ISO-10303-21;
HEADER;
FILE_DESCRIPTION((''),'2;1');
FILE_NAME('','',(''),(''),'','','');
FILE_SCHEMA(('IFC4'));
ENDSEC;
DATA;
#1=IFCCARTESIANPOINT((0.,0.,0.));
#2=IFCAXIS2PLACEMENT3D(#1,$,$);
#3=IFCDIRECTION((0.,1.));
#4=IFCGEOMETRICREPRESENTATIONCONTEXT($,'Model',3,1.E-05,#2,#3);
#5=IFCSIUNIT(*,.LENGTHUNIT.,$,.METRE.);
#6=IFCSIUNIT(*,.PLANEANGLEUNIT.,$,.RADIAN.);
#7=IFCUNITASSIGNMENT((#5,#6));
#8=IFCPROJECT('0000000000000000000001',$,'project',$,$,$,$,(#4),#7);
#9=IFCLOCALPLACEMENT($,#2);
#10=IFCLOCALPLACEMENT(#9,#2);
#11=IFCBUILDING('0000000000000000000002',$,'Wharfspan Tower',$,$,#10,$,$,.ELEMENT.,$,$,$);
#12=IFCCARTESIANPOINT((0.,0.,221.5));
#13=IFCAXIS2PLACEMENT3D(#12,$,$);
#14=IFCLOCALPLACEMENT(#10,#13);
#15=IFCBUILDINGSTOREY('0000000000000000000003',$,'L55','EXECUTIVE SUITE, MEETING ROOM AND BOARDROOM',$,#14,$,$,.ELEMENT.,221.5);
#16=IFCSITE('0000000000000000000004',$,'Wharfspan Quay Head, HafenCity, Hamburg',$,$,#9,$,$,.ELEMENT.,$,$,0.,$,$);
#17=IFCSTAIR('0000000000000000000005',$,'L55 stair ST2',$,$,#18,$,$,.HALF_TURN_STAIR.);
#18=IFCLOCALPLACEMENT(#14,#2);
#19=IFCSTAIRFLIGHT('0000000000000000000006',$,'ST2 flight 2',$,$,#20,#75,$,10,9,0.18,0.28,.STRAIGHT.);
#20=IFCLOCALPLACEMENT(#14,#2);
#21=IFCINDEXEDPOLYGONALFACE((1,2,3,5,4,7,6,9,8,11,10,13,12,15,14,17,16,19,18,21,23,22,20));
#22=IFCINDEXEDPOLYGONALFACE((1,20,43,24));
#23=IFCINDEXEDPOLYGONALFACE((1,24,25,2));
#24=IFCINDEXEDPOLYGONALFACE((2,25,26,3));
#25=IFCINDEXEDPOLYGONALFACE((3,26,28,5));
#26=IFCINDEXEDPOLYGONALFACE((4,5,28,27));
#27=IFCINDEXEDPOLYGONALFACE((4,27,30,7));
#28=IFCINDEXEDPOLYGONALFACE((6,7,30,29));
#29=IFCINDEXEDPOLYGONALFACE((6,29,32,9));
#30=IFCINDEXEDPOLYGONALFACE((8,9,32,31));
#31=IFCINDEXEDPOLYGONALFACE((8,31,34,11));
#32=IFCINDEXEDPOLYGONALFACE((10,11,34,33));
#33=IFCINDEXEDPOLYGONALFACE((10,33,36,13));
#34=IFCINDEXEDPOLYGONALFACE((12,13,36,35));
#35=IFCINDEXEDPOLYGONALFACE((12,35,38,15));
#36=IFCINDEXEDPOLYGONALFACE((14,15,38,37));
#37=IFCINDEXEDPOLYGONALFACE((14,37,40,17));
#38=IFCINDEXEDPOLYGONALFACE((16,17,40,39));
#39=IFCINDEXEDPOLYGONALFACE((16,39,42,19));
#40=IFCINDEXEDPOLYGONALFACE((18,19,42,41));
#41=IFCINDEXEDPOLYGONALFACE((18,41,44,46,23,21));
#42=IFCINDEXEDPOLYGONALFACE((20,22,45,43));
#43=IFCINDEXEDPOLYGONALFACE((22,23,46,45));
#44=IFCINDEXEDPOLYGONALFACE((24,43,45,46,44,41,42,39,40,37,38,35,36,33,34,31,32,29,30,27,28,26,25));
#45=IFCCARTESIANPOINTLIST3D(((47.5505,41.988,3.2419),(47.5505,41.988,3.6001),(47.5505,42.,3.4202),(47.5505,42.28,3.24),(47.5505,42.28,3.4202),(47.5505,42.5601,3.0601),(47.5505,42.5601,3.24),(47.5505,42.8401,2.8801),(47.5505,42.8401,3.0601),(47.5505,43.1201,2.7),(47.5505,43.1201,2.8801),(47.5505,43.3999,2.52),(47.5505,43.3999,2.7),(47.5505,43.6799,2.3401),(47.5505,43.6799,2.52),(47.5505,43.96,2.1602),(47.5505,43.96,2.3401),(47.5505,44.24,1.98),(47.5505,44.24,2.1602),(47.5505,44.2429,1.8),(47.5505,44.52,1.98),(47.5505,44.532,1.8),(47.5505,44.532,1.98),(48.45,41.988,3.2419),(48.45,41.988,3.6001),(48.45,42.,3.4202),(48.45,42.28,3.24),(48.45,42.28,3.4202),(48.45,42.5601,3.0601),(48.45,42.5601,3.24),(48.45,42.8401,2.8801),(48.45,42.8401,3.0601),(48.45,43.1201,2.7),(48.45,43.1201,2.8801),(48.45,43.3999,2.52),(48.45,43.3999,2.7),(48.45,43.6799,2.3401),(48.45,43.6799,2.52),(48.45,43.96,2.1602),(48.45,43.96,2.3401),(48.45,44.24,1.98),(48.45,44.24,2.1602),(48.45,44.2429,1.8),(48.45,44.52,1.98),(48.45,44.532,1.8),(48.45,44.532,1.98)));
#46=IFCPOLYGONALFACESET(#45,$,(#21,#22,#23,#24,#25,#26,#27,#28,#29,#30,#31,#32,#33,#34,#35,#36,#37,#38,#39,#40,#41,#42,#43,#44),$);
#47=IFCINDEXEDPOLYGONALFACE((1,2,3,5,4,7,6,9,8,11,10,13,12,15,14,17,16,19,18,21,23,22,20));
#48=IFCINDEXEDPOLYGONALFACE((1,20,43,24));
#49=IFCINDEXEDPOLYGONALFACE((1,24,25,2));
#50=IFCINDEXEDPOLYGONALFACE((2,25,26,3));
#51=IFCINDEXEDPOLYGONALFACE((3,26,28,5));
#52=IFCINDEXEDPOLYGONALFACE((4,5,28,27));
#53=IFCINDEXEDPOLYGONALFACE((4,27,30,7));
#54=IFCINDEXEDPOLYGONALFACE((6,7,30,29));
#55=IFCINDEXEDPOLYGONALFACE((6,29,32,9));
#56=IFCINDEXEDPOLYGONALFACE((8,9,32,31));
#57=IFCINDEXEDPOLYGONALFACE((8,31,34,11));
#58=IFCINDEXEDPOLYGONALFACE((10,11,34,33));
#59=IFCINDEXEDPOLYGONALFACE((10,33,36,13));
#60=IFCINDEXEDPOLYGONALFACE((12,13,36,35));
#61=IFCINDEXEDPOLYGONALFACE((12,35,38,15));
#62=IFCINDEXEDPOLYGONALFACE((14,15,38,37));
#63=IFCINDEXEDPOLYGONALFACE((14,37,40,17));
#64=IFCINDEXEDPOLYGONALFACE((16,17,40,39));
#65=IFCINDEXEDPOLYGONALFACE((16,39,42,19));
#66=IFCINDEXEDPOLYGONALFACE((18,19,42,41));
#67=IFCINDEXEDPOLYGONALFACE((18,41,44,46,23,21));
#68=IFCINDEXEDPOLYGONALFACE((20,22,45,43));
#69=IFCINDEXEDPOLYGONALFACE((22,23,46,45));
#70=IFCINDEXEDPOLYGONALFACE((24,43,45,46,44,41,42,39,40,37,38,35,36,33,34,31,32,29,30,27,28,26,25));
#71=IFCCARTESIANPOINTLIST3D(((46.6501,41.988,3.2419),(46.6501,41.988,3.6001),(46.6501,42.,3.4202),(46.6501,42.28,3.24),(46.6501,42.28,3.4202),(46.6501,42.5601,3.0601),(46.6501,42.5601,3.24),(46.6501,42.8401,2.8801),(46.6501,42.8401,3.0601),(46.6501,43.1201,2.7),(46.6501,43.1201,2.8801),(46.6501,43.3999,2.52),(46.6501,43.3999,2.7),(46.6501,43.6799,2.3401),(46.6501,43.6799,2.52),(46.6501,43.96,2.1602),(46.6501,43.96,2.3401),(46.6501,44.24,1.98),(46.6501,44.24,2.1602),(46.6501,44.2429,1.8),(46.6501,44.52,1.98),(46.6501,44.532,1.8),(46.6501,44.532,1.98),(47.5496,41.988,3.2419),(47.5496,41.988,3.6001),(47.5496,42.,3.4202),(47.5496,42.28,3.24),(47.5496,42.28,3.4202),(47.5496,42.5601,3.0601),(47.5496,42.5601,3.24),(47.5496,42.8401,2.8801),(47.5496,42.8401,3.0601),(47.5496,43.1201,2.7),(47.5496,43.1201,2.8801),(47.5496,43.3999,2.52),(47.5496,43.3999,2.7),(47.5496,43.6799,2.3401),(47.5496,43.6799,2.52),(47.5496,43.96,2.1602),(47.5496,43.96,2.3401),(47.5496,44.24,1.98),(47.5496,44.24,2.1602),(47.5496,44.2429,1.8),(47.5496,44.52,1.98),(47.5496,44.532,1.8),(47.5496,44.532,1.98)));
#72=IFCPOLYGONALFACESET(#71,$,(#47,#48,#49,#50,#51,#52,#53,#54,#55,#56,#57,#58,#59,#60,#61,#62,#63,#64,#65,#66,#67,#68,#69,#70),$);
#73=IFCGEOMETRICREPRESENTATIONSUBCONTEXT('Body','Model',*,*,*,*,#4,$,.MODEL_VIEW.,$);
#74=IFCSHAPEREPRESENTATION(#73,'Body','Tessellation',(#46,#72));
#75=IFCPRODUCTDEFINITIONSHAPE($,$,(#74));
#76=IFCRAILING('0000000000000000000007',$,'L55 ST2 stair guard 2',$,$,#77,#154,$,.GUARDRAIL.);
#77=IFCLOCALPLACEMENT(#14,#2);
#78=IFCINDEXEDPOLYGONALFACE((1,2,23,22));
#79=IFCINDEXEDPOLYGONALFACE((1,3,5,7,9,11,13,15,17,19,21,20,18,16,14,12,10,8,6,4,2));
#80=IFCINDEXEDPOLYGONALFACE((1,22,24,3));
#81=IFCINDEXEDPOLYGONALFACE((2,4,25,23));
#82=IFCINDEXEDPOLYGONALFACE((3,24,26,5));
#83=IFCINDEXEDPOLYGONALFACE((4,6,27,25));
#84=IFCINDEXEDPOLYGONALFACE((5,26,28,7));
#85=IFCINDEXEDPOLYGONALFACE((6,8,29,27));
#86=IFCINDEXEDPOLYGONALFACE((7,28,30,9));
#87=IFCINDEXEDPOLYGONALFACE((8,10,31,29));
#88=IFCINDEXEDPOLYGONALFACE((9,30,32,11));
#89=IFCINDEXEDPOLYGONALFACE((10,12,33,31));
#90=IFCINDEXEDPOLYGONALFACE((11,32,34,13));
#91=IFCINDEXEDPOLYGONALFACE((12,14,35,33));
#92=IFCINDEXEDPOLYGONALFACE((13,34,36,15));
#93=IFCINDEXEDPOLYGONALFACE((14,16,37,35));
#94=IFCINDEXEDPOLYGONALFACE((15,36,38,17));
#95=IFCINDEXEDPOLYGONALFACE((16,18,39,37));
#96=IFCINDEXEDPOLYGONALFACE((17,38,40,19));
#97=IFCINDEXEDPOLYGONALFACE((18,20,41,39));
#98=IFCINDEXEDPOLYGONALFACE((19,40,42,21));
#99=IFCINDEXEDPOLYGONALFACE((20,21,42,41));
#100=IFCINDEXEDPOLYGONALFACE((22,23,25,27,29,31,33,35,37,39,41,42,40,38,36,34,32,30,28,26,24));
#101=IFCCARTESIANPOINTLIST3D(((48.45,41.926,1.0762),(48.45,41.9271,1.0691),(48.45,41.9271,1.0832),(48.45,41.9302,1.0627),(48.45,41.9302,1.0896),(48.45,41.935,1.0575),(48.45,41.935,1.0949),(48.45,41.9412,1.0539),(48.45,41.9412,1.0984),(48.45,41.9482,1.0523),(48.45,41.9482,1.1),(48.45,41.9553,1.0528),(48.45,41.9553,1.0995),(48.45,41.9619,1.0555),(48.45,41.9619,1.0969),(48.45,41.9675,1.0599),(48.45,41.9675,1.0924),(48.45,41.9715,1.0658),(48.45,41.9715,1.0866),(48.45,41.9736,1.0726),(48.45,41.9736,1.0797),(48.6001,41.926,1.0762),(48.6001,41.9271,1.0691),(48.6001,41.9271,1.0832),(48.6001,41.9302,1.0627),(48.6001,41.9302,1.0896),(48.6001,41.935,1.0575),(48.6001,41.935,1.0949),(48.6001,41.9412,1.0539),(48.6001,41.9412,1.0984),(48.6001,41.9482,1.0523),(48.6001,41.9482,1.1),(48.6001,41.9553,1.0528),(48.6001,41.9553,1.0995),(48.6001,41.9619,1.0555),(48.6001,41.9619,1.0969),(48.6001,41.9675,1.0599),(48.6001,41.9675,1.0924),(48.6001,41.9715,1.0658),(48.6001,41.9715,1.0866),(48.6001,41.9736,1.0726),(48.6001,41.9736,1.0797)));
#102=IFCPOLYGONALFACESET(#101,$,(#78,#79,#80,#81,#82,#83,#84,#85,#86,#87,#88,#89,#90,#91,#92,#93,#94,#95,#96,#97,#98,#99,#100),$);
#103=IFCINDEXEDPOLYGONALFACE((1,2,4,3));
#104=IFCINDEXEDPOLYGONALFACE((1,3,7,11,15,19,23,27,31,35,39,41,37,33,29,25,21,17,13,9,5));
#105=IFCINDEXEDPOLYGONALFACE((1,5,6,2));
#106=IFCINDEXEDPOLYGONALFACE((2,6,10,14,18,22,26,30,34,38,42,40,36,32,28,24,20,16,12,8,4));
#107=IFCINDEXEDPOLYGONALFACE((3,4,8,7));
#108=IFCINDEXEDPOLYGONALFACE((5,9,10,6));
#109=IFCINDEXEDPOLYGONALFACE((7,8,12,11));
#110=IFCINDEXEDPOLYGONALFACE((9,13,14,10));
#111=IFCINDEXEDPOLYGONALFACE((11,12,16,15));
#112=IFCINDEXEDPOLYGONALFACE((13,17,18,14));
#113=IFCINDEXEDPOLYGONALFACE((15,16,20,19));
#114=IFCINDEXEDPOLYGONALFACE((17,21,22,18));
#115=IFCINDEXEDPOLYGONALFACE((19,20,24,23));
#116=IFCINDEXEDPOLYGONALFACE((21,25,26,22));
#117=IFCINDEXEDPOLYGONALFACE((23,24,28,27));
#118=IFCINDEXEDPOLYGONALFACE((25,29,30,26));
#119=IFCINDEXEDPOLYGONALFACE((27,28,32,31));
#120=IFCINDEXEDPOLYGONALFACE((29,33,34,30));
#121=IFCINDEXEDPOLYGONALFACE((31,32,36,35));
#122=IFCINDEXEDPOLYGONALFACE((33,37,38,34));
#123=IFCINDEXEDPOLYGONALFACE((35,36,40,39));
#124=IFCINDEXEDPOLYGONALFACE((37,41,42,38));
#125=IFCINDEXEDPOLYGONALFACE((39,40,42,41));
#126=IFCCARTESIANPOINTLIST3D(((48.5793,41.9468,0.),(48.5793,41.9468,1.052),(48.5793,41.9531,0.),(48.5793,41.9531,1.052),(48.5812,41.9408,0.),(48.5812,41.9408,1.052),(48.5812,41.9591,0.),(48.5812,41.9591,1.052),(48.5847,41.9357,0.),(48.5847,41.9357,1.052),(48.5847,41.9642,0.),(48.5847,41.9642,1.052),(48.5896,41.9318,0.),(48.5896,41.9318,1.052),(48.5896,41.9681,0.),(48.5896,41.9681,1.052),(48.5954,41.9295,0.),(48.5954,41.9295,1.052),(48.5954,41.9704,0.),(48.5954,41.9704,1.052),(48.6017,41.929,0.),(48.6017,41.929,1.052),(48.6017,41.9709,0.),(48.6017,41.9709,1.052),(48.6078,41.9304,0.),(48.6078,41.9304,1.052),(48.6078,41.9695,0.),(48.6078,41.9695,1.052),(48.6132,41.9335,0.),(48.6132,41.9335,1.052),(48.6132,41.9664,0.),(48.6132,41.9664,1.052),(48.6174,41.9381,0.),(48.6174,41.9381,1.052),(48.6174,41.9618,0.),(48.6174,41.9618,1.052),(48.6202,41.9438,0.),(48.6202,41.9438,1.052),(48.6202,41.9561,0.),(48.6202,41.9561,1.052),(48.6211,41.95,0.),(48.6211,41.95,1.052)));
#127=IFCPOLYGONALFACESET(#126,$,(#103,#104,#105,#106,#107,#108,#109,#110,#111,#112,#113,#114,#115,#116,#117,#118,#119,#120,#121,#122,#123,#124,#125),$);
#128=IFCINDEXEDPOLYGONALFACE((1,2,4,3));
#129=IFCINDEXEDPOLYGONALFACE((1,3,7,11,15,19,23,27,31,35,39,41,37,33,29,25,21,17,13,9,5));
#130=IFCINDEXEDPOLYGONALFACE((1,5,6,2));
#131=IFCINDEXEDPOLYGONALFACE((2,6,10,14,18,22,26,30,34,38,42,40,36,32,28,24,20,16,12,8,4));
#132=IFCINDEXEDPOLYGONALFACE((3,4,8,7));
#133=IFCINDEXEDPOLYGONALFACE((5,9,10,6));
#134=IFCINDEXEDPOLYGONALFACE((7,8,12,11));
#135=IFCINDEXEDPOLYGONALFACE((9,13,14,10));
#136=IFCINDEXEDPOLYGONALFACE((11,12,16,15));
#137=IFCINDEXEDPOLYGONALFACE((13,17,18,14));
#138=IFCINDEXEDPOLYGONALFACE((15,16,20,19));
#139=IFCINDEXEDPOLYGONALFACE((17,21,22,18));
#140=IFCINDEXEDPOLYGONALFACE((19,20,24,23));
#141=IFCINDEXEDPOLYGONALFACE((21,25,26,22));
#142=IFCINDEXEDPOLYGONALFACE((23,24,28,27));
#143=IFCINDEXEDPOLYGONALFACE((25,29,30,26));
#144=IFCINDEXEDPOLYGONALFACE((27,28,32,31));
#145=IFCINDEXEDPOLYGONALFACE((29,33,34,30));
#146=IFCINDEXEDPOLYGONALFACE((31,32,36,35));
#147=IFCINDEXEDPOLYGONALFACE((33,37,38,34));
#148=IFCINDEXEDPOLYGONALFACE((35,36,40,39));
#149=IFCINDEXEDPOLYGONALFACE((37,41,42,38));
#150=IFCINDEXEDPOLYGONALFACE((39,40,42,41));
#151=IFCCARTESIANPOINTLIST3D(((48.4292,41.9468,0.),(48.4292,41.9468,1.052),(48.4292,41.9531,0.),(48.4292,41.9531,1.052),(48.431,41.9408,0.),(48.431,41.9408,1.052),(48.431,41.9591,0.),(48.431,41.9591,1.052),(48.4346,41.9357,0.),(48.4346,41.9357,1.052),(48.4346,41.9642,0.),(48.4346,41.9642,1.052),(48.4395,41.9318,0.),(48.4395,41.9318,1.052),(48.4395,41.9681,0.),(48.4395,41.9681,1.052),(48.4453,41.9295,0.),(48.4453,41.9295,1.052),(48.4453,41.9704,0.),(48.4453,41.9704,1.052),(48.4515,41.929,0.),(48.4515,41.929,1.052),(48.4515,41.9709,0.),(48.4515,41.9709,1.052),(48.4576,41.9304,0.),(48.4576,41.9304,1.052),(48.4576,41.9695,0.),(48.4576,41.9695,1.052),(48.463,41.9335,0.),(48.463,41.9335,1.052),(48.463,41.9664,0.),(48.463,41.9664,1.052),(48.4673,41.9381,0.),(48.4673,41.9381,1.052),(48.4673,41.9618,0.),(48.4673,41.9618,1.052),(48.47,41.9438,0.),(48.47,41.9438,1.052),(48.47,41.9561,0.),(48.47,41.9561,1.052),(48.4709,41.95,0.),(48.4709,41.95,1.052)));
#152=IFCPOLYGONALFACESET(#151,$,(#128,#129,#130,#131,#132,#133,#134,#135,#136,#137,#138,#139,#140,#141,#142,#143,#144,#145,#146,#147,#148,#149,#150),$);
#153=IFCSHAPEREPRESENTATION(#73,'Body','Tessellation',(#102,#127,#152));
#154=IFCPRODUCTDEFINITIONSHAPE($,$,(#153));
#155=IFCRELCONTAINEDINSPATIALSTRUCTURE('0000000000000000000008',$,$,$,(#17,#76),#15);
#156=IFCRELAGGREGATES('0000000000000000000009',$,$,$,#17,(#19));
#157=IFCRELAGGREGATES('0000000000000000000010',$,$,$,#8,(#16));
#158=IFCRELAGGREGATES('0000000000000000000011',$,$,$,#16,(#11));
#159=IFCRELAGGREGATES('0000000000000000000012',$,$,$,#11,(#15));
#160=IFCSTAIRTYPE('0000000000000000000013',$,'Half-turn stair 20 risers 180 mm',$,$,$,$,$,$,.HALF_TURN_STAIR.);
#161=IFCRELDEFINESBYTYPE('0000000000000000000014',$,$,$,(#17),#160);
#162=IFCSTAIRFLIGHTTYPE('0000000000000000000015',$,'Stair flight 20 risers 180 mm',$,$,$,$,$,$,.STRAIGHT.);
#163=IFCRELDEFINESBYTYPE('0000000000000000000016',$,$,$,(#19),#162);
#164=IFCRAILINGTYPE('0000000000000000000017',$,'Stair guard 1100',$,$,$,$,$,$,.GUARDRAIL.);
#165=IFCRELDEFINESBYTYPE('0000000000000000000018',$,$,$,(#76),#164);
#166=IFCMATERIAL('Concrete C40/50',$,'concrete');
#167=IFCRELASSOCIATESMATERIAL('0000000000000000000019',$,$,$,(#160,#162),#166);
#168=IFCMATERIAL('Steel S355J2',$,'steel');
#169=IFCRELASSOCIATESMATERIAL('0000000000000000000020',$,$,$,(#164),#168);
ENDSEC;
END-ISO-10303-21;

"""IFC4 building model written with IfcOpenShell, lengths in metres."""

from ifc_helpers import new_model, si_unit, direction, frame, origin, origin_2d, place, context, subcontext, project, spatial, polyline, circle, outline, extrude, material, type_object, element, aggregate, save


model = new_model("IFC4")

# Units and contexts
model_context = context("Model", 3, precision=1e-05, world=origin(), true_north=direction((0.0, 1.0)))
body_context = subcontext(model_context, "Body", "Model", "MODEL_VIEW")
ifc_project = project(units=[si_unit("LENGTHUNIT", "METRE"), si_unit("PLANEANGLEUNIT", "RADIAN")], contexts=[model_context])

# Site, building, storey
site_placement = place(None, origin())
site = spatial("IfcSite", under=ifc_project, at=site_placement, Name="Wharfspan Quay Head, HafenCity, Hamburg", CompositionType="ELEMENT", RefElevation=0.0)
building_placement = place(site_placement, origin())
building = spatial("IfcBuilding", under=site, at=building_placement, Name="Wharfspan Tower", CompositionType="ELEMENT")
storey_placement = place(building_placement, frame((0.0, 0.0, 221.5)))
storey = spatial("IfcBuildingStorey", under=building, at=storey_placement, Name="L55", Description="EXECUTIVE SUITE, MEETING ROOM AND BOARDROOM", CompositionType="ELEMENT", Elevation=221.5)

# Shared definitions
ifc_material_1 = material(Name="Steel S355J2", Category="steel")

# Shared definitions
ifc_material_2 = material(Name="Concrete C40/50", Category="concrete")

# Stair, stair flight
stair_type = type_object("IfcStairType", Name="Half-turn stair 20 risers 180 mm", PredefinedType="HALF_TURN_STAIR", material=ifc_material_2)
stair_placement = place(storey_placement, origin())
stair = element("IfcStair", 1, at=stair_placement, inside=storey, type_object=stair_type, Name="L55 stair ST2", PredefinedType="HALF_TURN_STAIR")
stair_flight_type = type_object("IfcStairFlightType", Name="Stair flight 20 risers 180 mm", PredefinedType="STRAIGHT", material=ifc_material_2)
stair_flight_1_placement = place(storey_placement, frame((47.55, 44.52, 1.8), z_axis=(0.0, 0.0, 1.0), x_axis=(0.0, -1.0, 0.0)))
stair_flight_1 = element("IfcStairFlight", 2, at=stair_flight_1_placement, type_object=stair_flight_type, Name="ST2 flight 2", NumberOfRisers=10, NumberOfTreads=9, PredefinedType="STRAIGHT", RiserHeight=0.18, TreadLength=0.28, context=body_context, shape_type="SweptSolid", body=[
    extrude(outline(polyline([(-0.012, 0.0), (-0.012, 0.1799), (0.0, 0.1799), (0.28, 0.1799), (0.28, 0.3601), (0.5601, 0.3601), (0.5601, 0.54), (0.8401, 0.54), (0.8401, 0.72), (1.1201, 0.72), (1.1201, 0.8999), (1.3999, 0.8999), (1.3999, 1.0801), (1.6799, 1.0801), (1.6799, 1.26), (1.96, 1.26), (1.96, 1.4399), (2.24, 1.4399), (2.24, 1.6201), (2.52, 1.6201), (2.532, 1.8), (2.532, 1.4419), (0.2771, 0.0), (-0.012, 0.0)])), frame((0.0, 0.8999, 0.0), z_axis=(0.0, -1.0, 0.0), x_axis=(1.0, 0.0, 0.0)), (0.0, 0.0, 1.0), 0.8994),
    extrude(outline(polyline([(-0.012, 0.0), (-0.012, 0.1799), (0.0, 0.1799), (0.28, 0.1799), (0.28, 0.3601), (0.5601, 0.3601), (0.5601, 0.54), (0.8401, 0.54), (0.8401, 0.72), (1.1201, 0.72), (1.1201, 0.8999), (1.3999, 0.8999), (1.3999, 1.0801), (1.6799, 1.0801), (1.6799, 1.26), (1.96, 1.26), (1.96, 1.4399), (2.24, 1.4399), (2.24, 1.6201), (2.52, 1.6201), (2.532, 1.8), (2.532, 1.4419), (0.2771, 0.0), (-0.012, 0.0)])), frame((0.0, -0.0005, 0.0), z_axis=(0.0, -1.0, 0.0), x_axis=(1.0, 0.0, 0.0)), (0.0, 0.0, 1.0), 0.8994),
])
aggregate(stair, [stair_flight_1])

# Railing
railing_type_1 = type_object("IfcRailingType", Name="Stair guard 1100", PredefinedType="GUARDRAIL", material=ifc_material_1)
railing_1_placement = place(storey_placement, frame((48.6001, 41.95, 0.0)))
element("IfcRailing", 3, at=railing_1_placement, inside=storey, type_object=railing_type_1, Name="L55 ST2 stair guard 2", PredefinedType="GUARDRAIL", context=body_context, shape_type="SweptSolid", body=[
    extrude(circle(Radius=0.0239, at=origin_2d()), frame((0.0, 0.0, 1.0762), z_axis=(-1.0, 0.0, 0.0), x_axis=(0.0, -1.0, 0.0)), (0.0, 0.0, 1.0), 0.1501),
    extrude(circle(Radius=0.021, at=origin_2d()), origin(), (0.0, 0.0, 1.0), 1.052),
    extrude(circle(Radius=0.021, at=origin_2d()), frame((-0.1501, 0.0, 0.0)), (0.0, 0.0, 1.0), 1.052),
])

save(model, "model.ifc")
